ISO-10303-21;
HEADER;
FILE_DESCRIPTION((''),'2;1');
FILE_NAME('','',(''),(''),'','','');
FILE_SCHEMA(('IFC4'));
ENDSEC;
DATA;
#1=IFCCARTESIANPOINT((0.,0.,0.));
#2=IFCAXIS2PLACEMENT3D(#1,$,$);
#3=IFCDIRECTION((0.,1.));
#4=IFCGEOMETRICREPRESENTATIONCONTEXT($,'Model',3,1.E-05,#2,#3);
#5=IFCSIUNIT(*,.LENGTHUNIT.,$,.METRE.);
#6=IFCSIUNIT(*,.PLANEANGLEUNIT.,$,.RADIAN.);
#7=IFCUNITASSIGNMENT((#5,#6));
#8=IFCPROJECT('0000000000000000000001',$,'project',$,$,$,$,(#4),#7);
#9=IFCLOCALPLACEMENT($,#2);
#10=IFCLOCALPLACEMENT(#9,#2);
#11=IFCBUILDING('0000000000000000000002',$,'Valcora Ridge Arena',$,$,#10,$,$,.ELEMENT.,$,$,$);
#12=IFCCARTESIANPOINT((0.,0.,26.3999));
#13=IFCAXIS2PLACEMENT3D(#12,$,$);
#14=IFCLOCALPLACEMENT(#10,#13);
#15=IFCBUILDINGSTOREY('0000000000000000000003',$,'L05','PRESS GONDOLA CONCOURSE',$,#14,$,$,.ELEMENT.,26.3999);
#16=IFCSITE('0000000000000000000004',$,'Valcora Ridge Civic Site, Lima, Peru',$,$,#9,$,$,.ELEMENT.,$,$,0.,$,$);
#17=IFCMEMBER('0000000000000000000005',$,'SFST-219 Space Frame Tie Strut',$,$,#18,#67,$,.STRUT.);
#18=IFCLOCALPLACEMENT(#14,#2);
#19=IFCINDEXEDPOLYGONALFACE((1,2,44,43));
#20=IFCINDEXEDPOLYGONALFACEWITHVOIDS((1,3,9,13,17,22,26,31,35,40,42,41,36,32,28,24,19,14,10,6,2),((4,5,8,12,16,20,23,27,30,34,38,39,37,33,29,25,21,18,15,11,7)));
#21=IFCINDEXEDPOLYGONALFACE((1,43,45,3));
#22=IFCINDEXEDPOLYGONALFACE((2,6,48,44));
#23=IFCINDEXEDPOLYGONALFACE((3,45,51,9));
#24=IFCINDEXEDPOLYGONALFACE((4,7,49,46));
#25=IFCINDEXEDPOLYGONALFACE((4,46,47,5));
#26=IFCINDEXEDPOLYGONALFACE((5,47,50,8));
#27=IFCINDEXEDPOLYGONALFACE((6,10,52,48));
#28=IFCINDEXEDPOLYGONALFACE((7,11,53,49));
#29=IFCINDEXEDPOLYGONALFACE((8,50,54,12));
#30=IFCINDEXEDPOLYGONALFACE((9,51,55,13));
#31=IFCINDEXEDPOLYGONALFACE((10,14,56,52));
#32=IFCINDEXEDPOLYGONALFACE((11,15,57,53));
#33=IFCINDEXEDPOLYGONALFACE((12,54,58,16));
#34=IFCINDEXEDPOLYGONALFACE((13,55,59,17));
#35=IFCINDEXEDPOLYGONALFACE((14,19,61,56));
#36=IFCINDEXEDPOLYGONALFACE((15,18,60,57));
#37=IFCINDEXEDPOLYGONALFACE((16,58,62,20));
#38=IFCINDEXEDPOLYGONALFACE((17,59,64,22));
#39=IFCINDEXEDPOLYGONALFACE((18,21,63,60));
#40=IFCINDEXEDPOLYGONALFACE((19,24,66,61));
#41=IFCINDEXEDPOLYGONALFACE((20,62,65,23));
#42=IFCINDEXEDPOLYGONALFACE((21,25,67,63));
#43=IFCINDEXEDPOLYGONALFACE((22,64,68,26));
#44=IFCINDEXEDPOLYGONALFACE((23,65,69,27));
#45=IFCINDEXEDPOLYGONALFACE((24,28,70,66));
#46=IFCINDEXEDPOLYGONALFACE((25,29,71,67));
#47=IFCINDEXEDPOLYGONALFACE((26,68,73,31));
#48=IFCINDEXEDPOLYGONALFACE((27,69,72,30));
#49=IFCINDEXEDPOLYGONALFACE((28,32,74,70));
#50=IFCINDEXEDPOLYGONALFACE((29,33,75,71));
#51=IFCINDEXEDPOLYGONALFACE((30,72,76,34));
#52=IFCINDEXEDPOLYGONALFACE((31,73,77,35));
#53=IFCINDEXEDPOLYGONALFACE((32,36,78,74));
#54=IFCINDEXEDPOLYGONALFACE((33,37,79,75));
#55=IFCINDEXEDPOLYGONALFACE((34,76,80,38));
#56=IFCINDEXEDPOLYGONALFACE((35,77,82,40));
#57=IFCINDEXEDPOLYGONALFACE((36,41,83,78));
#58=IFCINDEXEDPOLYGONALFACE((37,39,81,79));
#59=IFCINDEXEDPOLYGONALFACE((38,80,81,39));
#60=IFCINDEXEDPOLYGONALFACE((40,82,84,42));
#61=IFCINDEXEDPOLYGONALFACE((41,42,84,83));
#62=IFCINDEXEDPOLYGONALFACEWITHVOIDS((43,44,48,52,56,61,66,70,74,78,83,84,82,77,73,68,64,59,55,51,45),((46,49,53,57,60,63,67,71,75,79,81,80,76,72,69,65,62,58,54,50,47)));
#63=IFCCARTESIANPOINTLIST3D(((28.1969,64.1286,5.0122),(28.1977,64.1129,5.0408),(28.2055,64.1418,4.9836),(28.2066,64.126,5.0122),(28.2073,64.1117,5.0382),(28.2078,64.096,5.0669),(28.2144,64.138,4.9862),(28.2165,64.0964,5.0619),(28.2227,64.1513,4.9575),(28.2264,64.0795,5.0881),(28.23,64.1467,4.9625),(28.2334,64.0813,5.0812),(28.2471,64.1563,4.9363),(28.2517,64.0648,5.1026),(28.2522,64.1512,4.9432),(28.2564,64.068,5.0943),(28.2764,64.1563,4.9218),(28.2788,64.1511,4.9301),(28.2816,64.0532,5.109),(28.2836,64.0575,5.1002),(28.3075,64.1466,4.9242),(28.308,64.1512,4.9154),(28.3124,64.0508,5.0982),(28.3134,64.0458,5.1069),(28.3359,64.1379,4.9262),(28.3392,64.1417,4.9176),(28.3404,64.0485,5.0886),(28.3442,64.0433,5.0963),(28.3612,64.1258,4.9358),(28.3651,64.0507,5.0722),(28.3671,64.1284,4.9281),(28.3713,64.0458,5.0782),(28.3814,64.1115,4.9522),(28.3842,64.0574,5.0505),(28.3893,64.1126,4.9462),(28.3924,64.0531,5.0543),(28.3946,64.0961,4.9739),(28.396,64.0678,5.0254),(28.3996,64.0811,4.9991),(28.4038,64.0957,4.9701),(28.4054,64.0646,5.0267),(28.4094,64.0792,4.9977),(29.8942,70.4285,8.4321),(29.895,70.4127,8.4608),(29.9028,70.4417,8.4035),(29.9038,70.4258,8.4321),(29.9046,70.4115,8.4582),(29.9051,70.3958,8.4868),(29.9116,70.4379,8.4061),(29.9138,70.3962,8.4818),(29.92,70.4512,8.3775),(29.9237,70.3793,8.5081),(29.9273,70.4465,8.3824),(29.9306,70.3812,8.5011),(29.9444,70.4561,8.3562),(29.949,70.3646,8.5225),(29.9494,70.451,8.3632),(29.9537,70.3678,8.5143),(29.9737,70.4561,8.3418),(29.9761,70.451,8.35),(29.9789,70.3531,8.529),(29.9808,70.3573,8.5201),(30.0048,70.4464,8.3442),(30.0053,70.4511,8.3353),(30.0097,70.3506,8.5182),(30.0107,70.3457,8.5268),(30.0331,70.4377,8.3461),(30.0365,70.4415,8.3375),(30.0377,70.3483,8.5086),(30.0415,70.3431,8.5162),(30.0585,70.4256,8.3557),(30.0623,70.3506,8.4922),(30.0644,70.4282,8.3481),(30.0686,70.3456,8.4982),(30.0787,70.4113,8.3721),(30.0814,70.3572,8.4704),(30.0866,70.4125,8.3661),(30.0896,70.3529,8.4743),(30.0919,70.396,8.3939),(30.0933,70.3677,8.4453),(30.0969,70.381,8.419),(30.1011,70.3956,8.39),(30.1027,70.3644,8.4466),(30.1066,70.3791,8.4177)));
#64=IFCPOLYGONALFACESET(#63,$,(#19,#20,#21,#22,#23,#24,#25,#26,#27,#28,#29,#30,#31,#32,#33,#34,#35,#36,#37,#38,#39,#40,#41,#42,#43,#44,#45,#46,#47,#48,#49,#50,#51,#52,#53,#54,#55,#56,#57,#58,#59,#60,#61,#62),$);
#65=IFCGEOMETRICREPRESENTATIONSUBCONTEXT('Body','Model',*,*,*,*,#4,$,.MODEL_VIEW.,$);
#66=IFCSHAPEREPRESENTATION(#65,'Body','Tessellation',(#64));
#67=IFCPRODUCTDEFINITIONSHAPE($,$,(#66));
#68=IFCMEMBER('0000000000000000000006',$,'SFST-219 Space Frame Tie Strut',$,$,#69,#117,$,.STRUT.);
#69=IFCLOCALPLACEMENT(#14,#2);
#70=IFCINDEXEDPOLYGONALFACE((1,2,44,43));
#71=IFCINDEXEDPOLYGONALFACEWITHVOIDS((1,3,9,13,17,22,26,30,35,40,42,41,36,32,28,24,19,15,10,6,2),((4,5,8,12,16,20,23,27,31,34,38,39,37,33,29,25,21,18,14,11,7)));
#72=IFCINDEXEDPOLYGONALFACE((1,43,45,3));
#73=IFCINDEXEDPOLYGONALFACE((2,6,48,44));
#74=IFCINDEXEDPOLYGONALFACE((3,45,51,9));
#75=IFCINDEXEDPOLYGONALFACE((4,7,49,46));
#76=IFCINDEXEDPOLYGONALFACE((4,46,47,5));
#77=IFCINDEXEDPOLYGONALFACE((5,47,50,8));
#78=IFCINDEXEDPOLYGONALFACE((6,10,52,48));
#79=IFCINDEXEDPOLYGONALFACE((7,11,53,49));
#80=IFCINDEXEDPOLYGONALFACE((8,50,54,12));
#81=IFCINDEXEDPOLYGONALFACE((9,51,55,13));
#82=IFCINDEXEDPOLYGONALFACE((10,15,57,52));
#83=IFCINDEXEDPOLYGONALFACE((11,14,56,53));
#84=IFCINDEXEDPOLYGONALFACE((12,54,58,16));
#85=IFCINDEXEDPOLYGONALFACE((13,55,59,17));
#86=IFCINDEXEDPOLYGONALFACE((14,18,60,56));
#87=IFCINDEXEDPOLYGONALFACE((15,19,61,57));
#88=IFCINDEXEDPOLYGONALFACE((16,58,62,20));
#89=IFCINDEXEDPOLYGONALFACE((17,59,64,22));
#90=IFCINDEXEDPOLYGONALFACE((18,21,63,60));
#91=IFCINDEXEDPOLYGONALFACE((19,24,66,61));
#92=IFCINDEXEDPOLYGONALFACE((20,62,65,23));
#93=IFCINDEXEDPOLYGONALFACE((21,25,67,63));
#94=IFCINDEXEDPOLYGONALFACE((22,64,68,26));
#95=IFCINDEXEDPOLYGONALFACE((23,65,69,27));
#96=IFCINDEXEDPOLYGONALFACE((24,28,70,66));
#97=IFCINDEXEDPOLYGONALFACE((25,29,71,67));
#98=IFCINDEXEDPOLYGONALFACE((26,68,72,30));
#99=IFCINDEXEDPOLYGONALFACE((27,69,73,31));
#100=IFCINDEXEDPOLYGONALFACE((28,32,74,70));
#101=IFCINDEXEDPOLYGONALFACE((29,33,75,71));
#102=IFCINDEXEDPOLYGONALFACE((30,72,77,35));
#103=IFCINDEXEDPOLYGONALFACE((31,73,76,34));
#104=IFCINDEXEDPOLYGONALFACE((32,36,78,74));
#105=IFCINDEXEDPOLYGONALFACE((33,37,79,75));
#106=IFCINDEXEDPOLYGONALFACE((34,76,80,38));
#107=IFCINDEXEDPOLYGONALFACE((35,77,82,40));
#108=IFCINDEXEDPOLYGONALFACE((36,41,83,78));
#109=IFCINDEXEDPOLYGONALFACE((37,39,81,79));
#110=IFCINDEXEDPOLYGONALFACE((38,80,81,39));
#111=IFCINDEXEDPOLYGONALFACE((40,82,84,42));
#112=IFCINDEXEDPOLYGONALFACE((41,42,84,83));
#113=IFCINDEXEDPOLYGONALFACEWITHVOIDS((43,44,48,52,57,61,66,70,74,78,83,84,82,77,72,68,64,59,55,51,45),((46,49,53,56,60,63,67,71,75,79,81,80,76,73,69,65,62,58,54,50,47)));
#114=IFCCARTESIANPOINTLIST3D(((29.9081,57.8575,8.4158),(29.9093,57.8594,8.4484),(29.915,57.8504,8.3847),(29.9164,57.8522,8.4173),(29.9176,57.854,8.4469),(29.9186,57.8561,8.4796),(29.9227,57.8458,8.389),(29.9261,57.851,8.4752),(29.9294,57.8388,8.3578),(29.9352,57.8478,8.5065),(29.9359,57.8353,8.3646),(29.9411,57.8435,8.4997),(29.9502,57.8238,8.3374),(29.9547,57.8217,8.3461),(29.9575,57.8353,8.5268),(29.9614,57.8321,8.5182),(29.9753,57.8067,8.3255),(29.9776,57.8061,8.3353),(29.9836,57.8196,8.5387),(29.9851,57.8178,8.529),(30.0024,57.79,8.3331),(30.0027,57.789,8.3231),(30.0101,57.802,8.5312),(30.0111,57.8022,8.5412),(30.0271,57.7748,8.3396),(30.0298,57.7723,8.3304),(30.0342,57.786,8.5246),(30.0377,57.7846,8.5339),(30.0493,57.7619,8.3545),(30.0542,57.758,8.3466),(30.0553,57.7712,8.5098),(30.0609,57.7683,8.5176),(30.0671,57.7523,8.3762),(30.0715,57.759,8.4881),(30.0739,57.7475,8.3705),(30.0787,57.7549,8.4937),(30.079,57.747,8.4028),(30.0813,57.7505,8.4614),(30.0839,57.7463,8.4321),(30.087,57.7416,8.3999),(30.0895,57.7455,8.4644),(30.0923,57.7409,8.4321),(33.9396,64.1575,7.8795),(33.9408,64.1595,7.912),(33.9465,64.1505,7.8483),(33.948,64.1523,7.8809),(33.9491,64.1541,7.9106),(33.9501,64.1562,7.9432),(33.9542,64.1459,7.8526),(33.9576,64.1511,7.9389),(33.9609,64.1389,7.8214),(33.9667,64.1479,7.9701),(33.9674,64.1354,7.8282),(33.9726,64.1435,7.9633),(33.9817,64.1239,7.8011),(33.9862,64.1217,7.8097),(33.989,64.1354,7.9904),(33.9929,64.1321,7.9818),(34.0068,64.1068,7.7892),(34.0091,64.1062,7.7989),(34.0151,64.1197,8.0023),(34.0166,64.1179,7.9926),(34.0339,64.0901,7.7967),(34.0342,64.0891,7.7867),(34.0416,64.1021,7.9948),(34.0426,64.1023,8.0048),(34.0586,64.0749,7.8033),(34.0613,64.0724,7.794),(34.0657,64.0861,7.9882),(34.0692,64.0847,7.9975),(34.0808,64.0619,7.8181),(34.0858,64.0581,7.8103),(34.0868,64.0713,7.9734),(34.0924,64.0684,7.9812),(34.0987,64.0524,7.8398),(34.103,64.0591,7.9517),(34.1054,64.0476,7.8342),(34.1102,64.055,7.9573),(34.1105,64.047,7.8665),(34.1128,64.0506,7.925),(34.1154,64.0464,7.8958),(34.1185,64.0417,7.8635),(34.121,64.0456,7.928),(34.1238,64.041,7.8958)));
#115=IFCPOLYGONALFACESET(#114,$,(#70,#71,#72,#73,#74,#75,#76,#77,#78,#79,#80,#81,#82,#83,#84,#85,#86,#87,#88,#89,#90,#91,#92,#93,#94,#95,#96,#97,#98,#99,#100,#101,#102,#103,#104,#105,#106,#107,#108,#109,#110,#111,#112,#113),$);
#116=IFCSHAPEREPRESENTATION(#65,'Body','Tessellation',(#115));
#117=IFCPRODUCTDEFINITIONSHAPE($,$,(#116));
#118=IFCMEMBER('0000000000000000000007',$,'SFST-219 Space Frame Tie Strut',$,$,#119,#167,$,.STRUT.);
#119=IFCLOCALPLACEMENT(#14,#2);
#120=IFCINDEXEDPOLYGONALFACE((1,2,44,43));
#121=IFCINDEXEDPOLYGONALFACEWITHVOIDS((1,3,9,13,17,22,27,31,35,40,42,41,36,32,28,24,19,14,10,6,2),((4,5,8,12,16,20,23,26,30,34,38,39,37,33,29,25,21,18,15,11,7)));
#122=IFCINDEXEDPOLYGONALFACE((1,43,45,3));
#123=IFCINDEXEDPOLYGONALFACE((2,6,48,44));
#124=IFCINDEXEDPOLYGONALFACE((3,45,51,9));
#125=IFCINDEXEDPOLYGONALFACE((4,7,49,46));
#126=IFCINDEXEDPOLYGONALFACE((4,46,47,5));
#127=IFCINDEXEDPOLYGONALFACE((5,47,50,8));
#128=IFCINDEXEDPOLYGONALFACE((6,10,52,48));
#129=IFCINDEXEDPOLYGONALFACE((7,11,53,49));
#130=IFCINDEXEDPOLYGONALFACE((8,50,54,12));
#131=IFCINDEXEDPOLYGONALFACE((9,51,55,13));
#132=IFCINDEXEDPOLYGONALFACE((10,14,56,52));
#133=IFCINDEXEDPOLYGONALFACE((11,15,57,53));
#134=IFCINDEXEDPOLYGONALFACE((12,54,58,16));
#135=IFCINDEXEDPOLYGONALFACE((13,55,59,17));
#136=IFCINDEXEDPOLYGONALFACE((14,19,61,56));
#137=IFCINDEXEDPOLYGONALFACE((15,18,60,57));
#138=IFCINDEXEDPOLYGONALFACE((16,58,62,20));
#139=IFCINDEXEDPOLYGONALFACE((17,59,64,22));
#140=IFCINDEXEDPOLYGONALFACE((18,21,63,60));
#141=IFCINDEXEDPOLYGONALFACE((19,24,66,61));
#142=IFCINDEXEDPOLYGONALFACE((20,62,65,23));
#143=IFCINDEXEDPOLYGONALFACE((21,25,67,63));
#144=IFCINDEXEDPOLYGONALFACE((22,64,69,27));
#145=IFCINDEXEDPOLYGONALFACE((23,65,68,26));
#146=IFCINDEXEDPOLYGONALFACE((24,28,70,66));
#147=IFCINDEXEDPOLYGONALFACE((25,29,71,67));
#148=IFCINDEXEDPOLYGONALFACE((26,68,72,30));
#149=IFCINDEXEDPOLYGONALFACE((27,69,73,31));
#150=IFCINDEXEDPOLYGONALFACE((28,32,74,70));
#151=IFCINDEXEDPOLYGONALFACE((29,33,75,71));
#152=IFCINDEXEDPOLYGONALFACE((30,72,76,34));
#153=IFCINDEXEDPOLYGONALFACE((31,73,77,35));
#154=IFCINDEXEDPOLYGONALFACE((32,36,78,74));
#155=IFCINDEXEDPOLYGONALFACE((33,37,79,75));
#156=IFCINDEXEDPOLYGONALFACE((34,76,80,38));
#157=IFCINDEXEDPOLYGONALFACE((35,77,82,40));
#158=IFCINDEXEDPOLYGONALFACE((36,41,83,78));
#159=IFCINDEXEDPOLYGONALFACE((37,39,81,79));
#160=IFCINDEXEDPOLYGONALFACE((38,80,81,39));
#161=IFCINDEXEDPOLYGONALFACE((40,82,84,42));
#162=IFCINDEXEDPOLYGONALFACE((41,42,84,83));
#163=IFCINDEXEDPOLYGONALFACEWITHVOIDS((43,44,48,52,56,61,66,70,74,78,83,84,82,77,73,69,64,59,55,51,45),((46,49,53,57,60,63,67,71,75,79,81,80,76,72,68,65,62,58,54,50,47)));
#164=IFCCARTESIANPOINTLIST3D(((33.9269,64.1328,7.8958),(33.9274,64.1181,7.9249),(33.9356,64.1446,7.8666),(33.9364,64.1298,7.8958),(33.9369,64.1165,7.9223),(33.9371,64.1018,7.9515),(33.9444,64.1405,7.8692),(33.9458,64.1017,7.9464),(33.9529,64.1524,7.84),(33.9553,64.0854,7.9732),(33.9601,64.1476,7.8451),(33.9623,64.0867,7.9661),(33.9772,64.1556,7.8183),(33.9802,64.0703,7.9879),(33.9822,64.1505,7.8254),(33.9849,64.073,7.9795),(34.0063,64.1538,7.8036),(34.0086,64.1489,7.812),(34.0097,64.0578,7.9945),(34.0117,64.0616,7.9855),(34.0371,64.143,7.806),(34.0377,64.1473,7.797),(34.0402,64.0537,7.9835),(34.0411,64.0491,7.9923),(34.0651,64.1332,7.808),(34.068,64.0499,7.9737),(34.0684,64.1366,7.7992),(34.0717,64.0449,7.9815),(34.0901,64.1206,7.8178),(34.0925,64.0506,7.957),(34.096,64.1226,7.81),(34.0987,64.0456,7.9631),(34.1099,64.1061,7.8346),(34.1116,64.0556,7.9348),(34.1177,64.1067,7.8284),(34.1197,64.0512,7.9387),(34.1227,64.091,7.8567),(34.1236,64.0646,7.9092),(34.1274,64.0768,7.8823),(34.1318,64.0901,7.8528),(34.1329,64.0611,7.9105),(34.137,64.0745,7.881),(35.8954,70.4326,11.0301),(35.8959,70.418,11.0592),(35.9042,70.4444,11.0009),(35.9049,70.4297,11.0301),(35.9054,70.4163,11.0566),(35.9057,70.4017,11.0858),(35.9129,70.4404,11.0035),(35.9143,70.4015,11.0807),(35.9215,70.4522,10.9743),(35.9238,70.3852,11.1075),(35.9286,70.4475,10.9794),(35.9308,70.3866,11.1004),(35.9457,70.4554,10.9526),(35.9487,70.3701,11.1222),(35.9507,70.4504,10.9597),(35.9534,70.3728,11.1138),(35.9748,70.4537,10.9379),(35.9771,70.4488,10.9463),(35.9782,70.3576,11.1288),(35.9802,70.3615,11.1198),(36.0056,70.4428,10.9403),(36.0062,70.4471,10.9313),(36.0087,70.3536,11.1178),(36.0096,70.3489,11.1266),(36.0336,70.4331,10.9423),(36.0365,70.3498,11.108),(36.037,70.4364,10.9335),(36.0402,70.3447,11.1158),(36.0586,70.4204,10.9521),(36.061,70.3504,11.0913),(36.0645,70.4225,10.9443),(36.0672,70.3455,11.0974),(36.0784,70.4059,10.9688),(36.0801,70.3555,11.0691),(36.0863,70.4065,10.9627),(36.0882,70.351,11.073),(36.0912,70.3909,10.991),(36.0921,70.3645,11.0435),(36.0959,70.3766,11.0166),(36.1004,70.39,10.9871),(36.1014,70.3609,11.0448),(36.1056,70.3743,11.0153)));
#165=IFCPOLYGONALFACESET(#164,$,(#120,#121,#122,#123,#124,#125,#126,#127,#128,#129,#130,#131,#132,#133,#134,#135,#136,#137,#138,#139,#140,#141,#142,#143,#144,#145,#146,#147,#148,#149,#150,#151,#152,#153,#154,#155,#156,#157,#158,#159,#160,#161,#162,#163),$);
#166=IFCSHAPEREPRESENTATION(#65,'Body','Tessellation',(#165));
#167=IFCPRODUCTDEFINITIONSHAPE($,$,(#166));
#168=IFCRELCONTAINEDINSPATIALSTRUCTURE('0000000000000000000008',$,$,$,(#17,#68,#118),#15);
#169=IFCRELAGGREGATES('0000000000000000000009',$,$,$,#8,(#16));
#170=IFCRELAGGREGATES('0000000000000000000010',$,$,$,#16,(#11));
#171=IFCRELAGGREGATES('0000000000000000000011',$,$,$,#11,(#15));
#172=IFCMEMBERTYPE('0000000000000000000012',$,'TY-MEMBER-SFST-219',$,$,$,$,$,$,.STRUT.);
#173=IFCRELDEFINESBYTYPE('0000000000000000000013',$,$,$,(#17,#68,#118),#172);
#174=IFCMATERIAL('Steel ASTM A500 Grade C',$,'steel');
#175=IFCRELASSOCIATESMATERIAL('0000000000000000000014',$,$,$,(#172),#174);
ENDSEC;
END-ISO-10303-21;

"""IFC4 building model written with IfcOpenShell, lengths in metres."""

from ifc_helpers import new_model, si_unit, direction, frame, origin, origin_2d, place, context, subcontext, project, spatial, hollow_circle, extrude, material, material_profile, profile_set, type_object, element, save


model = new_model("IFC4")

# Units and contexts
model_context = context("Model", 3, precision=1e-05, world=origin(), true_north=direction((0.0, 1.0)))
body_context = subcontext(model_context, "Body", "Model", "MODEL_VIEW")
ifc_project = project(units=[si_unit("LENGTHUNIT", "METRE"), si_unit("PLANEANGLEUNIT", "RADIAN")], contexts=[model_context])

# Site, building, storey
site_placement = place(None, origin())
site = spatial("IfcSite", under=ifc_project, at=site_placement, Name="Valcora Ridge Civic Site, Lima, Peru", CompositionType="ELEMENT", RefElevation=0.0)
building_placement = place(site_placement, origin())
building = spatial("IfcBuilding", under=site, at=building_placement, Name="Valcora Ridge Arena", CompositionType="ELEMENT")
storey_placement = place(building_placement, frame((0.0, 0.0, 26.3999)))
storey = spatial("IfcBuildingStorey", under=building, at=storey_placement, Name="L05", Description="PRESS GONDOLA CONCOURSE", CompositionType="ELEMENT", Elevation=26.3999)

# Members
ifc_material_1 = material(Name="Steel ASTM A500 Grade C", Category="steel")
ifc_material_profile_1 = material_profile(ifc_material_1, hollow_circle(Radius=0.1096, WallThickness=0.01, at=origin_2d()), Name="CHS219X10")
ifc_profile_set_1 = profile_set([ifc_material_profile_1], Name="Steel ASTM A500 Grade C")
member_type_1 = type_object("IfcMemberType", Name="TY-MEMBER-SFST-219", PredefinedType="STRUT", material=ifc_profile_set_1)
member_1_placement = place(storey_placement, frame((28.3027, 64.1001, 5.0122), z_axis=(0.230406, 0.855206, 0.464258), x_axis=(-0.965571, 0.26014, 0.0)))
element("IfcMember", 1, at=member_1_placement, inside=storey, type_object=member_type_1, Name="SFST-219 Space Frame Tie Strut", PredefinedType="STRUT", context=body_context, shape_type="SweptSolid", body=[
    extrude(hollow_circle(Radius=0.1096, WallThickness=0.01, at=origin_2d()), origin(), (0.0, 0.0, 1.0), 7.3665),
])
member_2_placement = place(storey_placement, frame((34.0315, 64.1001, 7.8958), z_axis=(-0.537622, -0.840146, 0.071529), x_axis=(0.842304, -0.539003, 0.0)))
element("IfcMember", 2, at=member_2_placement, inside=storey, type_object=member_type_1, Name="SFST-219 Space Frame Tie Strut", PredefinedType="STRUT", context=body_context, shape_type="SweptSolid", body=[
    extrude(hollow_circle(Radius=0.1096, WallThickness=0.01, at=origin_2d()), origin(), (0.0, 0.0, 1.0), 7.4988),
])
member_3_placement = place(storey_placement, frame((34.0315, 64.1001, 7.8958), z_axis=(0.269415, 0.862209, 0.428966), x_axis=(-0.954488, 0.29825, 0.0)))
element("IfcMember", 3, at=member_3_placement, inside=storey, type_object=member_type_1, Name="SFST-219 Space Frame Tie Strut", PredefinedType="STRUT", context=body_context, shape_type="SweptSolid", body=[
    extrude(hollow_circle(Radius=0.1096, WallThickness=0.01, at=origin_2d()), origin(), (0.0, 0.0, 1.0), 7.3066),
])

save(model, "model.ifc")
